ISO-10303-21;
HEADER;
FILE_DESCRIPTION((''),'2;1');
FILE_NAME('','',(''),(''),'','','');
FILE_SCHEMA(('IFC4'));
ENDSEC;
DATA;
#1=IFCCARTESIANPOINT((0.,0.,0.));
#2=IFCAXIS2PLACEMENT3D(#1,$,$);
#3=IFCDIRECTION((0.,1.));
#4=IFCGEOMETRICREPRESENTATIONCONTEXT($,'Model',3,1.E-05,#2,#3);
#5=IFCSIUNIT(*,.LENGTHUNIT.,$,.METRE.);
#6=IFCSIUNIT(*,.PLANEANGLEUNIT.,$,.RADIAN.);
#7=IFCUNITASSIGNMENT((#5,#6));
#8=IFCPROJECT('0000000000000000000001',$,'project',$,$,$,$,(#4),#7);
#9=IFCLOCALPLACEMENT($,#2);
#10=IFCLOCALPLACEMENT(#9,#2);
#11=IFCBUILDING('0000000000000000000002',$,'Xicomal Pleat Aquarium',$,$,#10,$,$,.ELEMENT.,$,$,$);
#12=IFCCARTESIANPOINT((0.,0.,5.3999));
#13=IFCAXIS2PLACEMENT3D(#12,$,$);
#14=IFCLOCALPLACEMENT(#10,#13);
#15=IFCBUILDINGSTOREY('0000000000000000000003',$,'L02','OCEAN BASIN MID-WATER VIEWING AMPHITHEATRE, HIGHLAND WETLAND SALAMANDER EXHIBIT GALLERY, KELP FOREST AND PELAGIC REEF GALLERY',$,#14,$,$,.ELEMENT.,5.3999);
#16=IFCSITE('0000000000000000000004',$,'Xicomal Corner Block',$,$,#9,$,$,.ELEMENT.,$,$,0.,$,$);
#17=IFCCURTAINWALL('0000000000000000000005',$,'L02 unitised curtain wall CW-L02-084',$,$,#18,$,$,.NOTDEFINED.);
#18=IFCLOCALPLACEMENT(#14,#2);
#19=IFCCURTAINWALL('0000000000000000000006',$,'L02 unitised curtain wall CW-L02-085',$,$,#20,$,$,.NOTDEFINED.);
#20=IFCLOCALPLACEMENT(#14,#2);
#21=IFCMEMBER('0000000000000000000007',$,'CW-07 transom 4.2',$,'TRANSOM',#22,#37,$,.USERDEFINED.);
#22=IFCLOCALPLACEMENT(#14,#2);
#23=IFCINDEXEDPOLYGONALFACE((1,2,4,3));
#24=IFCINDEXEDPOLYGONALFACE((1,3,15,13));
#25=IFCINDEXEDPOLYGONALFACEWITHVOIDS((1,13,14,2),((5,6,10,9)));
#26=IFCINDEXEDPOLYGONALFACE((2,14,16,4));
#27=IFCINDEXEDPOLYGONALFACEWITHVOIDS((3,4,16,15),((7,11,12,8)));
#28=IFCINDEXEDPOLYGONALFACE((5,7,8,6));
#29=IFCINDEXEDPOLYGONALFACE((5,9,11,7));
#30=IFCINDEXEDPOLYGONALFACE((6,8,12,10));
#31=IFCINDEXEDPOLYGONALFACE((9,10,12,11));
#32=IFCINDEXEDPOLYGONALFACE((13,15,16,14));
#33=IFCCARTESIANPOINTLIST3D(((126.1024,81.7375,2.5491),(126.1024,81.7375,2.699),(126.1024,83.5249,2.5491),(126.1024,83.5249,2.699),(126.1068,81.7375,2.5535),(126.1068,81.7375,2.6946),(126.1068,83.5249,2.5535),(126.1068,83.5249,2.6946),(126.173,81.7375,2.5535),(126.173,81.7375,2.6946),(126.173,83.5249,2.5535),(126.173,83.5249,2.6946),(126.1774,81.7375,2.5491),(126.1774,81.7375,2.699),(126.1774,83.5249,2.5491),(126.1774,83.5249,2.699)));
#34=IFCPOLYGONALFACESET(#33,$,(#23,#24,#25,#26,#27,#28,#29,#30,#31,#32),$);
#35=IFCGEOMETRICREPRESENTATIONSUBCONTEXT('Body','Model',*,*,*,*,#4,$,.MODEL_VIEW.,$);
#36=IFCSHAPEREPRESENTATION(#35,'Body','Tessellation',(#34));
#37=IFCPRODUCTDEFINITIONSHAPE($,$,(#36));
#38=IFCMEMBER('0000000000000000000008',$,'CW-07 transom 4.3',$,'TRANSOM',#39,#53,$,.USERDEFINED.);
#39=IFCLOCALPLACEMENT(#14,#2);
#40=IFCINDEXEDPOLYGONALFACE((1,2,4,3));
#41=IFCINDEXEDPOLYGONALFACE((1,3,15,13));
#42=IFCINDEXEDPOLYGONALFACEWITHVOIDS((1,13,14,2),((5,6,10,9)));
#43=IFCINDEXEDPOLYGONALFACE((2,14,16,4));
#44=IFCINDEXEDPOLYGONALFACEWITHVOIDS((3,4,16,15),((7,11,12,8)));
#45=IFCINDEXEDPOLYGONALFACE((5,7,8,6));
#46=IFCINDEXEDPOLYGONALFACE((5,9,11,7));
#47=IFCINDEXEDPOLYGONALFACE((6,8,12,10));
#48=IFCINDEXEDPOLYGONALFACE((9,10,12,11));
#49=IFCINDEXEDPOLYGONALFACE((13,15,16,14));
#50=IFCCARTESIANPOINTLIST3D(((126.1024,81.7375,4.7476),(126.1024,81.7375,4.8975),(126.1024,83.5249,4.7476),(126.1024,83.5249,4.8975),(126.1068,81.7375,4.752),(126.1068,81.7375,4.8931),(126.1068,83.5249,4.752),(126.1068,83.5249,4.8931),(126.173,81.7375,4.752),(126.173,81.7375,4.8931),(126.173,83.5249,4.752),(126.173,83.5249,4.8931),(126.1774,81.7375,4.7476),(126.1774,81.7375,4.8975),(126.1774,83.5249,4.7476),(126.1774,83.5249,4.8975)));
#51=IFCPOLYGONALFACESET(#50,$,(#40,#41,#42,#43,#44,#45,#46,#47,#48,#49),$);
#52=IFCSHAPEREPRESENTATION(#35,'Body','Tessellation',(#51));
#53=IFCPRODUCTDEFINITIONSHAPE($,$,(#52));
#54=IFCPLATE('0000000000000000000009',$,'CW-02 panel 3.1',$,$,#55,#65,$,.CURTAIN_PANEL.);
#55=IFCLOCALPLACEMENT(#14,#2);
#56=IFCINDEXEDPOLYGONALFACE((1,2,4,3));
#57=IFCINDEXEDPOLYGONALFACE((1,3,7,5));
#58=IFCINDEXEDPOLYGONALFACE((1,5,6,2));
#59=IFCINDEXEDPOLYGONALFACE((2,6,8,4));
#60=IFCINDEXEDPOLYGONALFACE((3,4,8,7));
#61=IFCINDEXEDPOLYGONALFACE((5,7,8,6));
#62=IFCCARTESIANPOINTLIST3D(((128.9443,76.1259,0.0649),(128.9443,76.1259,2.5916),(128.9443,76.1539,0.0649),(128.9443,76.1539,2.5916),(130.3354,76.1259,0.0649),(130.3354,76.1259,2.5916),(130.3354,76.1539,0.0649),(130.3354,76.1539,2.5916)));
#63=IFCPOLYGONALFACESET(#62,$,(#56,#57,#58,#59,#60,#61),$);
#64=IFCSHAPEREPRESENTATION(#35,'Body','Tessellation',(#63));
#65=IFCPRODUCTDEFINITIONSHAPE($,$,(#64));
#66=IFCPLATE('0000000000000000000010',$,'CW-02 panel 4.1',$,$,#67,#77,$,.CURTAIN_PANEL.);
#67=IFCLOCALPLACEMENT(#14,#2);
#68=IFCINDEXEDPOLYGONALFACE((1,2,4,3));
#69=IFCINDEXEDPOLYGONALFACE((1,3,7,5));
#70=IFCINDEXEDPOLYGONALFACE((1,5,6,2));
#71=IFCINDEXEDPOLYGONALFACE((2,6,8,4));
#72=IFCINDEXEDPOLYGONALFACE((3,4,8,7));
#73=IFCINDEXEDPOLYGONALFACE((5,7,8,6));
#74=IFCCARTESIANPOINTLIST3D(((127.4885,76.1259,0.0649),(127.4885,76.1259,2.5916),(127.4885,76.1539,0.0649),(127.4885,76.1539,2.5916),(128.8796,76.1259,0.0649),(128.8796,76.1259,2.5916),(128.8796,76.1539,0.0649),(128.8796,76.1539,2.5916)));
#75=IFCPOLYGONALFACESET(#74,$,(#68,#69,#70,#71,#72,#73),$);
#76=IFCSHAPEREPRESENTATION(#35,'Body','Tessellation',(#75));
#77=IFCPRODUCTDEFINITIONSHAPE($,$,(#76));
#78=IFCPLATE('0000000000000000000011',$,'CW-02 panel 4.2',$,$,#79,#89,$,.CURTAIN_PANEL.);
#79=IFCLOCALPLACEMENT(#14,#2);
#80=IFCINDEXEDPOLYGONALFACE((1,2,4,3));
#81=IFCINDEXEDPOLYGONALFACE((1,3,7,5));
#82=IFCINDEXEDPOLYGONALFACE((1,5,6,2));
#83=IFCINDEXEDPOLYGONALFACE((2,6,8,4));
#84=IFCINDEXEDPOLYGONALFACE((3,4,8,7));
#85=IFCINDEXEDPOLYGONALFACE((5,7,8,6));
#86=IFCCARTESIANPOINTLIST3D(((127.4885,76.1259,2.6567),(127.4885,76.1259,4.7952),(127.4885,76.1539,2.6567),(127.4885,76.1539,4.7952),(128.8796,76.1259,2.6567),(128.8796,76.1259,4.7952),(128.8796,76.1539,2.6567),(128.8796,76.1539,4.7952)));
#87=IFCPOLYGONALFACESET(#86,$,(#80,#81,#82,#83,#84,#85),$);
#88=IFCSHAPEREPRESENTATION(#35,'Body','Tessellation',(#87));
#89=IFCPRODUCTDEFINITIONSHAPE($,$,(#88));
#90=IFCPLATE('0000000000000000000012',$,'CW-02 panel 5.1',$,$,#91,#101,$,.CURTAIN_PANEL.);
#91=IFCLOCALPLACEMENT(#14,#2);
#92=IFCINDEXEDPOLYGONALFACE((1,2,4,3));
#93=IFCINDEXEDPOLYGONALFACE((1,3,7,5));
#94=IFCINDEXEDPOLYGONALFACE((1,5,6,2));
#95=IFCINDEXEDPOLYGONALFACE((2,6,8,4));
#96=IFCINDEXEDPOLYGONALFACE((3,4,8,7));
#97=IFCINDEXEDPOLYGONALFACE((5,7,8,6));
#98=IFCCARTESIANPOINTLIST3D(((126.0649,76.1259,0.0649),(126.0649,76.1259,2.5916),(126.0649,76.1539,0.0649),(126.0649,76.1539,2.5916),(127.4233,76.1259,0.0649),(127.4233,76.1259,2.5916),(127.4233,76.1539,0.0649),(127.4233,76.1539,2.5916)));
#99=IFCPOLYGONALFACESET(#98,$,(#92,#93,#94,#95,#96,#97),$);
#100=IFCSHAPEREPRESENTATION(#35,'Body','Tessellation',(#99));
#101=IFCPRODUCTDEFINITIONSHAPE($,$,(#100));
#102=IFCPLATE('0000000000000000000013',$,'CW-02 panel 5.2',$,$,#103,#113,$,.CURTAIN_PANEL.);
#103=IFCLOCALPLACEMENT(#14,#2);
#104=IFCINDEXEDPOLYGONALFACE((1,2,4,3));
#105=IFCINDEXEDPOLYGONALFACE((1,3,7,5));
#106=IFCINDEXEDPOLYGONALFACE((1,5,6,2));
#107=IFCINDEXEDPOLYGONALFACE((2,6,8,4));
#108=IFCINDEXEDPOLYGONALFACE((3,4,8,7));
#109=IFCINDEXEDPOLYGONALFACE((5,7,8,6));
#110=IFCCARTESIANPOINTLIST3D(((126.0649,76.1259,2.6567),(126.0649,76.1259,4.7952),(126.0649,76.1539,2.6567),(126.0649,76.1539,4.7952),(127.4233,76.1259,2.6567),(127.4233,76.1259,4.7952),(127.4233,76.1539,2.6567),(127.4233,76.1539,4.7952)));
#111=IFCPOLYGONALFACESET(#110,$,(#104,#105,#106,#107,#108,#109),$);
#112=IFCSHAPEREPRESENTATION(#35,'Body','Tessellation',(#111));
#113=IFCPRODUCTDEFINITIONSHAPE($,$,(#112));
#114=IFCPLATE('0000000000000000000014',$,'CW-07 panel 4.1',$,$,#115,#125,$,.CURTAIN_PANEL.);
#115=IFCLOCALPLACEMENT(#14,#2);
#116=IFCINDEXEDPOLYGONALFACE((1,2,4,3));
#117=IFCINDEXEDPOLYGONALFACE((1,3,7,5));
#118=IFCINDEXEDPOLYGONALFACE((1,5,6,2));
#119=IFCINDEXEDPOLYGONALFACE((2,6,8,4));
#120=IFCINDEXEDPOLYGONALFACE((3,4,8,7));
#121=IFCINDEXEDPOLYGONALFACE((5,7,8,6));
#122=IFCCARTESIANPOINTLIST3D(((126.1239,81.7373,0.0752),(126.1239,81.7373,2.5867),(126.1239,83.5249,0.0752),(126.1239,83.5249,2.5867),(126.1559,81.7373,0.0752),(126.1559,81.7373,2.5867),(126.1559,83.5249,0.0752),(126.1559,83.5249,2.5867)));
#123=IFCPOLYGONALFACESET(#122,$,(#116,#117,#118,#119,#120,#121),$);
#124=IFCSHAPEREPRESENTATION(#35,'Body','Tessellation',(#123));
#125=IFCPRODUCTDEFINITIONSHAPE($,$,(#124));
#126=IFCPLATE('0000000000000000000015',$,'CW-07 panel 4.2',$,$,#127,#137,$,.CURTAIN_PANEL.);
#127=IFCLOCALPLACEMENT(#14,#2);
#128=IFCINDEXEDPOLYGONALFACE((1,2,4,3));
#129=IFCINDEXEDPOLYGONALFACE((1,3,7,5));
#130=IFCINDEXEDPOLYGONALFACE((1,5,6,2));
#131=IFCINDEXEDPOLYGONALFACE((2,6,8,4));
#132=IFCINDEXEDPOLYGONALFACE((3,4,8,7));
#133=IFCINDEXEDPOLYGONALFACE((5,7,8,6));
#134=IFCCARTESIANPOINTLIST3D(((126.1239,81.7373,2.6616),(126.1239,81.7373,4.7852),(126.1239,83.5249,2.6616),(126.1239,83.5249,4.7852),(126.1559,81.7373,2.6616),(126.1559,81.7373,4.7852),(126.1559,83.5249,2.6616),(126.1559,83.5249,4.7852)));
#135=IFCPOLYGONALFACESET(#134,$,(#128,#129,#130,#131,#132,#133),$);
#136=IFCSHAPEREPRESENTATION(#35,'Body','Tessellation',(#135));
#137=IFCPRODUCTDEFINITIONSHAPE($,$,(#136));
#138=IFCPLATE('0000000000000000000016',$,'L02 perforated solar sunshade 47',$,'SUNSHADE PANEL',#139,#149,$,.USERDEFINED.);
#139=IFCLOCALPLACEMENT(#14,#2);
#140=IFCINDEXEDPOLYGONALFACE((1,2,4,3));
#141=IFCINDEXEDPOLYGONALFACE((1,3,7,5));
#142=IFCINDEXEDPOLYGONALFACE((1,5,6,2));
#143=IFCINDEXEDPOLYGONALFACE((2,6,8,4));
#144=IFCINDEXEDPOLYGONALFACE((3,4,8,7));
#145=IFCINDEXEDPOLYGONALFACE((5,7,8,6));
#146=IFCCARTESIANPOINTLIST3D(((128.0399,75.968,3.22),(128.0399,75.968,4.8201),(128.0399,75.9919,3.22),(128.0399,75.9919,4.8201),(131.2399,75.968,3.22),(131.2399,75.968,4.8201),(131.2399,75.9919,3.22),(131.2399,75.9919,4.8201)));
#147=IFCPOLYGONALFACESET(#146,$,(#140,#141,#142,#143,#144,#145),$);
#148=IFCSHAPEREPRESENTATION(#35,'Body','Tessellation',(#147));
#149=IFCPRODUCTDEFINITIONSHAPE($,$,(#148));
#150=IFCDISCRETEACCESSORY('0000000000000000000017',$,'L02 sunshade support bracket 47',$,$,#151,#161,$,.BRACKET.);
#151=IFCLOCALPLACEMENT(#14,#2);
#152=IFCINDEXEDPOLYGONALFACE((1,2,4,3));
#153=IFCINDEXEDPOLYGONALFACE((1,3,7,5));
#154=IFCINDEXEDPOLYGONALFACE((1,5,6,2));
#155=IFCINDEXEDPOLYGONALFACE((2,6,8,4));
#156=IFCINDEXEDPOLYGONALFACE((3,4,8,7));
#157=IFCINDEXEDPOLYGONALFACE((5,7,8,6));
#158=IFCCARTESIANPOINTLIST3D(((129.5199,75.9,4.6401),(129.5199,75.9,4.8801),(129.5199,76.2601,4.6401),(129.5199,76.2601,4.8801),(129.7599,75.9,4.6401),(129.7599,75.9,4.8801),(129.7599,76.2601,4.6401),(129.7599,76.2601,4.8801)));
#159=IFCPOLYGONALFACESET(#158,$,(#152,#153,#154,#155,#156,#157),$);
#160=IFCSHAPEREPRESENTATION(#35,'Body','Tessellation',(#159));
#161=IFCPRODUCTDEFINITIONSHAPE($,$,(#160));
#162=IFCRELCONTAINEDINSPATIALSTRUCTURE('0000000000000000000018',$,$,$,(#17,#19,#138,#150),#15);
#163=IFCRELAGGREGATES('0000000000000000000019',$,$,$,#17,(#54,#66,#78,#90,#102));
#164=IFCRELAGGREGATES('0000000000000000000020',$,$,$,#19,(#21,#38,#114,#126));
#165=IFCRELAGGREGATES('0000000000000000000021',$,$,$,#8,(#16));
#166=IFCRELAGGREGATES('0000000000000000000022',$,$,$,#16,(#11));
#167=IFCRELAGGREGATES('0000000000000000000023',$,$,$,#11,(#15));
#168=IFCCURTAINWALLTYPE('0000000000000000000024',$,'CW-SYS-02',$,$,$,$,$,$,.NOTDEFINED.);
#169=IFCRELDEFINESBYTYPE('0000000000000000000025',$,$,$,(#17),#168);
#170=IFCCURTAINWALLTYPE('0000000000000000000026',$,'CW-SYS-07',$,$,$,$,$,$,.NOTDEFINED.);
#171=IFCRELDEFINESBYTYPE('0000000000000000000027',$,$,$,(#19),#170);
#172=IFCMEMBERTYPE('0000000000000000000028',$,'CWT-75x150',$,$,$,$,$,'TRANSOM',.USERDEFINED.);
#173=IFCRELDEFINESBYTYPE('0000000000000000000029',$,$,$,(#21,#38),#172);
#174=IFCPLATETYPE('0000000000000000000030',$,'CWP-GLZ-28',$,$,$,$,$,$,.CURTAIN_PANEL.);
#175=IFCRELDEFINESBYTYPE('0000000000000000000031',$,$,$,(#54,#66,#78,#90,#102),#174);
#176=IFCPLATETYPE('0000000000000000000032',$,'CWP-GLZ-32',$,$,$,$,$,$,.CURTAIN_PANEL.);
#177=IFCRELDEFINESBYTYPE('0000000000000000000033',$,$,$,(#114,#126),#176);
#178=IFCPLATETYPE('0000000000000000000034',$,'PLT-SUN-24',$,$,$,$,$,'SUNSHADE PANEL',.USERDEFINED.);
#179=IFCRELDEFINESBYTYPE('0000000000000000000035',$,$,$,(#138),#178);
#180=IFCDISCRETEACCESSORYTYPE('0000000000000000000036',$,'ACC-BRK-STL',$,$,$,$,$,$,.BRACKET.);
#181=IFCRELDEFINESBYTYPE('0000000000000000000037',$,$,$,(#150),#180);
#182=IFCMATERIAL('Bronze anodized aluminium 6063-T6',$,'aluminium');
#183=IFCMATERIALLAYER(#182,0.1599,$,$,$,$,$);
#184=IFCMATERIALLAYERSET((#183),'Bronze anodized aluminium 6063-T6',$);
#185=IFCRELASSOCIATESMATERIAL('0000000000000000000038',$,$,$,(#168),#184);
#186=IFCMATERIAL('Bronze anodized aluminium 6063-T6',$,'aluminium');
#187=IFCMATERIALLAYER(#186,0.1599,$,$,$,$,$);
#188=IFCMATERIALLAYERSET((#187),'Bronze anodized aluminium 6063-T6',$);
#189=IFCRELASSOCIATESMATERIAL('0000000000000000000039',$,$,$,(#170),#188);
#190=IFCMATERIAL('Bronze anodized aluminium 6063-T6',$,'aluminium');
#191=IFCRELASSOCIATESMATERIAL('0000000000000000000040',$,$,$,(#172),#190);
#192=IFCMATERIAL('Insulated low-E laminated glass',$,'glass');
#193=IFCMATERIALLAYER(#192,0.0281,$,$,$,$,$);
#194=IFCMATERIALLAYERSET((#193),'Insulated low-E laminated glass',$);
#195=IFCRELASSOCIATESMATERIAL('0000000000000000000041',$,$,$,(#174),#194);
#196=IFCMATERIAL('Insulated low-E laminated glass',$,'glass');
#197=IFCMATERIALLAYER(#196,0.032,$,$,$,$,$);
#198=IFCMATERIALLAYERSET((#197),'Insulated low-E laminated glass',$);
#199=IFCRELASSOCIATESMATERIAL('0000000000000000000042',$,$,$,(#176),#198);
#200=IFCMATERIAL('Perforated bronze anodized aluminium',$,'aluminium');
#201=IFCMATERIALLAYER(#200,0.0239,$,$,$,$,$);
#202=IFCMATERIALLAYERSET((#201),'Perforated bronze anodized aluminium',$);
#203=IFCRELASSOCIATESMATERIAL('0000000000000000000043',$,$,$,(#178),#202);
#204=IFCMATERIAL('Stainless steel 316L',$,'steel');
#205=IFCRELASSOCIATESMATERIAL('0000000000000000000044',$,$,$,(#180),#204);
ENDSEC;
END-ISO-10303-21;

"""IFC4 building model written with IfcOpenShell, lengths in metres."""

from ifc_helpers import new_model, si_unit, direction, frame, origin, origin_2d, place, context, subcontext, project, spatial, rectangle, hollow_rectangle, extrude, material, layer, layer_set, material_profile, profile_set, type_object, element, aggregate, save


model = new_model("IFC4")

# Units and contexts
model_context = context("Model", 3, precision=1e-05, world=origin(), true_north=direction((0.0, 1.0)))
body_context = subcontext(model_context, "Body", "Model", "MODEL_VIEW")
ifc_project = project(units=[si_unit("LENGTHUNIT", "METRE"), si_unit("PLANEANGLEUNIT", "RADIAN")], contexts=[model_context])

# Site, building, storey
site_placement = place(None, origin())
site = spatial("IfcSite", under=ifc_project, at=site_placement, Name="Xicomal Corner Block", CompositionType="ELEMENT", RefElevation=0.0)
building_placement = place(site_placement, origin())
building = spatial("IfcBuilding", under=site, at=building_placement, Name="Xicomal Pleat Aquarium", CompositionType="ELEMENT")
storey_placement = place(building_placement, frame((0.0, 0.0, 5.3999)))
storey = spatial("IfcBuildingStorey", under=building, at=storey_placement, Name="L02", Description="OCEAN BASIN MID-WATER VIEWING AMPHITHEATRE, HIGHLAND WETLAND SALAMANDER EXHIBIT GALLERY, KELP FOREST AND PELAGIC REEF GALLERY", CompositionType="ELEMENT", Elevation=5.3999)

# Curtain wall
ifc_material_1 = material(Name="Bronze anodized aluminium 6063-T6", Category="aluminium")
ifc_layer_1 = layer(ifc_material_1, 0.1599)
ifc_layer_set_1 = layer_set([ifc_layer_1], Name="Bronze anodized aluminium 6063-T6")
curtain_wall_type_1 = type_object("IfcCurtainWallType", Name="CW-SYS-02", PredefinedType="NOTDEFINED", material=ifc_layer_set_1)
curtain_wall_1_placement = place(storey_placement, origin())
curtain_wall_1 = element("IfcCurtainWall", 1, at=curtain_wall_1_placement, inside=storey, type_object=curtain_wall_type_1, Name="L02 unitised curtain wall CW-L02-084", PredefinedType="NOTDEFINED")

# Curtain wall
ifc_material_2 = material(Name="Bronze anodized aluminium 6063-T6", Category="aluminium")
ifc_layer_2 = layer(ifc_material_2, 0.1599)
ifc_layer_set_2 = layer_set([ifc_layer_2], Name="Bronze anodized aluminium 6063-T6")
curtain_wall_type_2 = type_object("IfcCurtainWallType", Name="CW-SYS-07", PredefinedType="NOTDEFINED", material=ifc_layer_set_2)
curtain_wall_2_placement = place(storey_placement, origin())
curtain_wall_2 = element("IfcCurtainWall", 2, at=curtain_wall_2_placement, inside=storey, type_object=curtain_wall_type_2, Name="L02 unitised curtain wall CW-L02-085", PredefinedType="NOTDEFINED")

# Members
ifc_material_3 = material(Name="Bronze anodized aluminium 6063-T6", Category="aluminium")
ifc_material_profile_1 = material_profile(ifc_material_3, hollow_rectangle(XDim=0.075, YDim=0.1499, WallThickness=0.0044, at=origin_2d()), Name="ALU TRAN 75x150")
ifc_profile_set_1 = profile_set([ifc_material_profile_1], Name="Bronze anodized aluminium 6063-T6")
member_type_1 = type_object("IfcMemberType", Name="CWT-75x150", ElementType="TRANSOM", PredefinedType="USERDEFINED", material=ifc_profile_set_1)
member_1_placement = place(storey_placement, frame((126.1399, 81.7375, 2.624), z_axis=(0.0, 1.0, 0.0), x_axis=(-1.0, 0.0, 0.0)))
member_1 = element("IfcMember", 3, at=member_1_placement, type_object=member_type_1, Name="CW-07 transom 4.2", ObjectType="TRANSOM", PredefinedType="USERDEFINED", context=body_context, shape_type="SweptSolid", body=[
    extrude(hollow_rectangle(XDim=0.075, YDim=0.1499, WallThickness=0.0044, at=origin_2d()), origin(), (0.0, 0.0, 1.0), 1.7874),
])
member_2_placement = place(storey_placement, frame((126.1399, 81.7375, 4.8225), z_axis=(0.0, 1.0, 0.0), x_axis=(-1.0, 0.0, 0.0)))
member_2 = element("IfcMember", 4, at=member_2_placement, type_object=member_type_1, Name="CW-07 transom 4.3", ObjectType="TRANSOM", PredefinedType="USERDEFINED", context=body_context, shape_type="SweptSolid", body=[
    extrude(hollow_rectangle(XDim=0.075, YDim=0.1499, WallThickness=0.0044, at=origin_2d()), origin(), (0.0, 0.0, 1.0), 1.7874),
])

# Plates
ifc_material_4 = material(Name="Insulated low-E laminated glass", Category="glass")
ifc_layer_3 = layer(ifc_material_4, 0.0281)
ifc_layer_set_3 = layer_set([ifc_layer_3], Name="Insulated low-E laminated glass")
plate_type_1 = type_object("IfcPlateType", Name="CWP-GLZ-28", PredefinedType="CURTAIN_PANEL", material=ifc_layer_set_3)
plate_1_placement = place(storey_placement, frame((129.6399, 76.1399, 0.0649), z_axis=(0.0, 0.0, 1.0), x_axis=(-1.0, 0.0, 0.0)))
plate_1 = element("IfcPlate", 5, at=plate_1_placement, type_object=plate_type_1, Name="CW-02 panel 3.1", PredefinedType="CURTAIN_PANEL", context=body_context, shape_type="SweptSolid", body=[
    extrude(rectangle(XDim=1.3911, YDim=0.0281, at=origin_2d()), origin(), (0.0, 0.0, 1.0), 2.5266),
])
plate_2_placement = place(storey_placement, frame((128.1841, 76.1399, 0.0649), z_axis=(0.0, 0.0, 1.0), x_axis=(-1.0, 0.0, 0.0)))
plate_2 = element("IfcPlate", 6, at=plate_2_placement, type_object=plate_type_1, Name="CW-02 panel 4.1", PredefinedType="CURTAIN_PANEL", context=body_context, shape_type="SweptSolid", body=[
    extrude(rectangle(XDim=1.3911, YDim=0.0281, at=origin_2d()), origin(), (0.0, 0.0, 1.0), 2.5266),
])
plate_3_placement = place(storey_placement, frame((128.1841, 76.1399, 2.6567), z_axis=(0.0, 0.0, 1.0), x_axis=(-1.0, 0.0, 0.0)))
plate_3 = element("IfcPlate", 7, at=plate_3_placement, type_object=plate_type_1, Name="CW-02 panel 4.2", PredefinedType="CURTAIN_PANEL", context=body_context, shape_type="SweptSolid", body=[
    extrude(rectangle(XDim=1.3911, YDim=0.0281, at=origin_2d()), origin(), (0.0, 0.0, 1.0), 2.1384),
])
plate_4_placement = place(storey_placement, frame((126.7441, 76.1399, 0.0649), z_axis=(0.0, 0.0, 1.0), x_axis=(-1.0, 0.0, 0.0)))
plate_4 = element("IfcPlate", 8, at=plate_4_placement, type_object=plate_type_1, Name="CW-02 panel 5.1", PredefinedType="CURTAIN_PANEL", context=body_context, shape_type="SweptSolid", body=[
    extrude(rectangle(XDim=1.3584, YDim=0.0281, at=origin_2d()), origin(), (0.0, 0.0, 1.0), 2.5266),
])
plate_5_placement = place(storey_placement, frame((126.7441, 76.1399, 2.6567), z_axis=(0.0, 0.0, 1.0), x_axis=(-1.0, 0.0, 0.0)))
plate_5 = element("IfcPlate", 9, at=plate_5_placement, type_object=plate_type_1, Name="CW-02 panel 5.2", PredefinedType="CURTAIN_PANEL", context=body_context, shape_type="SweptSolid", body=[
    extrude(rectangle(XDim=1.3584, YDim=0.0281, at=origin_2d()), origin(), (0.0, 0.0, 1.0), 2.1384),
])
aggregate(curtain_wall_1, [plate_1, plate_2, plate_3, plate_4, plate_5])
ifc_material_5 = material(Name="Insulated low-E laminated glass", Category="glass")
ifc_layer_4 = layer(ifc_material_5, 0.032)
ifc_layer_set_4 = layer_set([ifc_layer_4], Name="Insulated low-E laminated glass")
plate_type_2 = type_object("IfcPlateType", Name="CWP-GLZ-32", PredefinedType="CURTAIN_PANEL", material=ifc_layer_set_4)
plate_6_placement = place(storey_placement, frame((126.1399, 82.6311, 0.0752), z_axis=(0.0, 0.0, 1.0), x_axis=(0.0, 1.0, 0.0)))
plate_6 = element("IfcPlate", 10, at=plate_6_placement, type_object=plate_type_2, Name="CW-07 panel 4.1", PredefinedType="CURTAIN_PANEL", context=body_context, shape_type="SweptSolid", body=[
    extrude(rectangle(XDim=1.7876, YDim=0.032, at=origin_2d()), origin(), (0.0, 0.0, 1.0), 2.5115),
])
plate_7_placement = place(storey_placement, frame((126.1399, 82.6311, 2.6616), z_axis=(0.0, 0.0, 1.0), x_axis=(0.0, 1.0, 0.0)))
plate_7 = element("IfcPlate", 11, at=plate_7_placement, type_object=plate_type_2, Name="CW-07 panel 4.2", PredefinedType="CURTAIN_PANEL", context=body_context, shape_type="SweptSolid", body=[
    extrude(rectangle(XDim=1.7876, YDim=0.032, at=origin_2d()), origin(), (0.0, 0.0, 1.0), 2.1235),
])
aggregate(curtain_wall_2, [member_1, member_2, plate_6, plate_7])
ifc_material_6 = material(Name="Perforated bronze anodized aluminium", Category="aluminium")
ifc_layer_5 = layer(ifc_material_6, 0.0239)
ifc_layer_set_5 = layer_set([ifc_layer_5], Name="Perforated bronze anodized aluminium")
plate_type_3 = type_object("IfcPlateType", Name="PLT-SUN-24", ElementType="SUNSHADE PANEL", PredefinedType="USERDEFINED", material=ifc_layer_set_5)
plate_8_placement = place(storey_placement, frame((129.6399, 75.98, 3.22), z_axis=(0.0, 0.0, 1.0), x_axis=(-1.0, 0.0, 0.0)))
element("IfcPlate", 12, at=plate_8_placement, inside=storey, type_object=plate_type_3, Name="L02 perforated solar sunshade 47", ObjectType="SUNSHADE PANEL", PredefinedType="USERDEFINED", context=body_context, shape_type="SweptSolid", body=[
    extrude(rectangle(XDim=3.2, YDim=0.0239, at=origin_2d()), origin(), (0.0, 0.0, 1.0), 1.6001),
])

# Discrete accessory
ifc_material_7 = material(Name="Stainless steel 316L", Category="steel")
discrete_accessory_type = type_object("IfcDiscreteAccessoryType", Name="ACC-BRK-STL", PredefinedType="BRACKET", material=ifc_material_7)
discrete_accessory_placement = place(storey_placement, frame((129.6399, 76.0801, 4.6401), z_axis=(0.0, 0.0, 1.0), x_axis=(-1.0, 0.0, 0.0)))
element("IfcDiscreteAccessory", 13, at=discrete_accessory_placement, inside=storey, type_object=discrete_accessory_type, Name="L02 sunshade support bracket 47", PredefinedType="BRACKET", context=body_context, shape_type="SweptSolid", body=[
    extrude(rectangle(XDim=0.24, YDim=0.3601, at=origin_2d()), origin(), (0.0, 0.0, 1.0), 0.24),
])

save(model, "model.ifc")
